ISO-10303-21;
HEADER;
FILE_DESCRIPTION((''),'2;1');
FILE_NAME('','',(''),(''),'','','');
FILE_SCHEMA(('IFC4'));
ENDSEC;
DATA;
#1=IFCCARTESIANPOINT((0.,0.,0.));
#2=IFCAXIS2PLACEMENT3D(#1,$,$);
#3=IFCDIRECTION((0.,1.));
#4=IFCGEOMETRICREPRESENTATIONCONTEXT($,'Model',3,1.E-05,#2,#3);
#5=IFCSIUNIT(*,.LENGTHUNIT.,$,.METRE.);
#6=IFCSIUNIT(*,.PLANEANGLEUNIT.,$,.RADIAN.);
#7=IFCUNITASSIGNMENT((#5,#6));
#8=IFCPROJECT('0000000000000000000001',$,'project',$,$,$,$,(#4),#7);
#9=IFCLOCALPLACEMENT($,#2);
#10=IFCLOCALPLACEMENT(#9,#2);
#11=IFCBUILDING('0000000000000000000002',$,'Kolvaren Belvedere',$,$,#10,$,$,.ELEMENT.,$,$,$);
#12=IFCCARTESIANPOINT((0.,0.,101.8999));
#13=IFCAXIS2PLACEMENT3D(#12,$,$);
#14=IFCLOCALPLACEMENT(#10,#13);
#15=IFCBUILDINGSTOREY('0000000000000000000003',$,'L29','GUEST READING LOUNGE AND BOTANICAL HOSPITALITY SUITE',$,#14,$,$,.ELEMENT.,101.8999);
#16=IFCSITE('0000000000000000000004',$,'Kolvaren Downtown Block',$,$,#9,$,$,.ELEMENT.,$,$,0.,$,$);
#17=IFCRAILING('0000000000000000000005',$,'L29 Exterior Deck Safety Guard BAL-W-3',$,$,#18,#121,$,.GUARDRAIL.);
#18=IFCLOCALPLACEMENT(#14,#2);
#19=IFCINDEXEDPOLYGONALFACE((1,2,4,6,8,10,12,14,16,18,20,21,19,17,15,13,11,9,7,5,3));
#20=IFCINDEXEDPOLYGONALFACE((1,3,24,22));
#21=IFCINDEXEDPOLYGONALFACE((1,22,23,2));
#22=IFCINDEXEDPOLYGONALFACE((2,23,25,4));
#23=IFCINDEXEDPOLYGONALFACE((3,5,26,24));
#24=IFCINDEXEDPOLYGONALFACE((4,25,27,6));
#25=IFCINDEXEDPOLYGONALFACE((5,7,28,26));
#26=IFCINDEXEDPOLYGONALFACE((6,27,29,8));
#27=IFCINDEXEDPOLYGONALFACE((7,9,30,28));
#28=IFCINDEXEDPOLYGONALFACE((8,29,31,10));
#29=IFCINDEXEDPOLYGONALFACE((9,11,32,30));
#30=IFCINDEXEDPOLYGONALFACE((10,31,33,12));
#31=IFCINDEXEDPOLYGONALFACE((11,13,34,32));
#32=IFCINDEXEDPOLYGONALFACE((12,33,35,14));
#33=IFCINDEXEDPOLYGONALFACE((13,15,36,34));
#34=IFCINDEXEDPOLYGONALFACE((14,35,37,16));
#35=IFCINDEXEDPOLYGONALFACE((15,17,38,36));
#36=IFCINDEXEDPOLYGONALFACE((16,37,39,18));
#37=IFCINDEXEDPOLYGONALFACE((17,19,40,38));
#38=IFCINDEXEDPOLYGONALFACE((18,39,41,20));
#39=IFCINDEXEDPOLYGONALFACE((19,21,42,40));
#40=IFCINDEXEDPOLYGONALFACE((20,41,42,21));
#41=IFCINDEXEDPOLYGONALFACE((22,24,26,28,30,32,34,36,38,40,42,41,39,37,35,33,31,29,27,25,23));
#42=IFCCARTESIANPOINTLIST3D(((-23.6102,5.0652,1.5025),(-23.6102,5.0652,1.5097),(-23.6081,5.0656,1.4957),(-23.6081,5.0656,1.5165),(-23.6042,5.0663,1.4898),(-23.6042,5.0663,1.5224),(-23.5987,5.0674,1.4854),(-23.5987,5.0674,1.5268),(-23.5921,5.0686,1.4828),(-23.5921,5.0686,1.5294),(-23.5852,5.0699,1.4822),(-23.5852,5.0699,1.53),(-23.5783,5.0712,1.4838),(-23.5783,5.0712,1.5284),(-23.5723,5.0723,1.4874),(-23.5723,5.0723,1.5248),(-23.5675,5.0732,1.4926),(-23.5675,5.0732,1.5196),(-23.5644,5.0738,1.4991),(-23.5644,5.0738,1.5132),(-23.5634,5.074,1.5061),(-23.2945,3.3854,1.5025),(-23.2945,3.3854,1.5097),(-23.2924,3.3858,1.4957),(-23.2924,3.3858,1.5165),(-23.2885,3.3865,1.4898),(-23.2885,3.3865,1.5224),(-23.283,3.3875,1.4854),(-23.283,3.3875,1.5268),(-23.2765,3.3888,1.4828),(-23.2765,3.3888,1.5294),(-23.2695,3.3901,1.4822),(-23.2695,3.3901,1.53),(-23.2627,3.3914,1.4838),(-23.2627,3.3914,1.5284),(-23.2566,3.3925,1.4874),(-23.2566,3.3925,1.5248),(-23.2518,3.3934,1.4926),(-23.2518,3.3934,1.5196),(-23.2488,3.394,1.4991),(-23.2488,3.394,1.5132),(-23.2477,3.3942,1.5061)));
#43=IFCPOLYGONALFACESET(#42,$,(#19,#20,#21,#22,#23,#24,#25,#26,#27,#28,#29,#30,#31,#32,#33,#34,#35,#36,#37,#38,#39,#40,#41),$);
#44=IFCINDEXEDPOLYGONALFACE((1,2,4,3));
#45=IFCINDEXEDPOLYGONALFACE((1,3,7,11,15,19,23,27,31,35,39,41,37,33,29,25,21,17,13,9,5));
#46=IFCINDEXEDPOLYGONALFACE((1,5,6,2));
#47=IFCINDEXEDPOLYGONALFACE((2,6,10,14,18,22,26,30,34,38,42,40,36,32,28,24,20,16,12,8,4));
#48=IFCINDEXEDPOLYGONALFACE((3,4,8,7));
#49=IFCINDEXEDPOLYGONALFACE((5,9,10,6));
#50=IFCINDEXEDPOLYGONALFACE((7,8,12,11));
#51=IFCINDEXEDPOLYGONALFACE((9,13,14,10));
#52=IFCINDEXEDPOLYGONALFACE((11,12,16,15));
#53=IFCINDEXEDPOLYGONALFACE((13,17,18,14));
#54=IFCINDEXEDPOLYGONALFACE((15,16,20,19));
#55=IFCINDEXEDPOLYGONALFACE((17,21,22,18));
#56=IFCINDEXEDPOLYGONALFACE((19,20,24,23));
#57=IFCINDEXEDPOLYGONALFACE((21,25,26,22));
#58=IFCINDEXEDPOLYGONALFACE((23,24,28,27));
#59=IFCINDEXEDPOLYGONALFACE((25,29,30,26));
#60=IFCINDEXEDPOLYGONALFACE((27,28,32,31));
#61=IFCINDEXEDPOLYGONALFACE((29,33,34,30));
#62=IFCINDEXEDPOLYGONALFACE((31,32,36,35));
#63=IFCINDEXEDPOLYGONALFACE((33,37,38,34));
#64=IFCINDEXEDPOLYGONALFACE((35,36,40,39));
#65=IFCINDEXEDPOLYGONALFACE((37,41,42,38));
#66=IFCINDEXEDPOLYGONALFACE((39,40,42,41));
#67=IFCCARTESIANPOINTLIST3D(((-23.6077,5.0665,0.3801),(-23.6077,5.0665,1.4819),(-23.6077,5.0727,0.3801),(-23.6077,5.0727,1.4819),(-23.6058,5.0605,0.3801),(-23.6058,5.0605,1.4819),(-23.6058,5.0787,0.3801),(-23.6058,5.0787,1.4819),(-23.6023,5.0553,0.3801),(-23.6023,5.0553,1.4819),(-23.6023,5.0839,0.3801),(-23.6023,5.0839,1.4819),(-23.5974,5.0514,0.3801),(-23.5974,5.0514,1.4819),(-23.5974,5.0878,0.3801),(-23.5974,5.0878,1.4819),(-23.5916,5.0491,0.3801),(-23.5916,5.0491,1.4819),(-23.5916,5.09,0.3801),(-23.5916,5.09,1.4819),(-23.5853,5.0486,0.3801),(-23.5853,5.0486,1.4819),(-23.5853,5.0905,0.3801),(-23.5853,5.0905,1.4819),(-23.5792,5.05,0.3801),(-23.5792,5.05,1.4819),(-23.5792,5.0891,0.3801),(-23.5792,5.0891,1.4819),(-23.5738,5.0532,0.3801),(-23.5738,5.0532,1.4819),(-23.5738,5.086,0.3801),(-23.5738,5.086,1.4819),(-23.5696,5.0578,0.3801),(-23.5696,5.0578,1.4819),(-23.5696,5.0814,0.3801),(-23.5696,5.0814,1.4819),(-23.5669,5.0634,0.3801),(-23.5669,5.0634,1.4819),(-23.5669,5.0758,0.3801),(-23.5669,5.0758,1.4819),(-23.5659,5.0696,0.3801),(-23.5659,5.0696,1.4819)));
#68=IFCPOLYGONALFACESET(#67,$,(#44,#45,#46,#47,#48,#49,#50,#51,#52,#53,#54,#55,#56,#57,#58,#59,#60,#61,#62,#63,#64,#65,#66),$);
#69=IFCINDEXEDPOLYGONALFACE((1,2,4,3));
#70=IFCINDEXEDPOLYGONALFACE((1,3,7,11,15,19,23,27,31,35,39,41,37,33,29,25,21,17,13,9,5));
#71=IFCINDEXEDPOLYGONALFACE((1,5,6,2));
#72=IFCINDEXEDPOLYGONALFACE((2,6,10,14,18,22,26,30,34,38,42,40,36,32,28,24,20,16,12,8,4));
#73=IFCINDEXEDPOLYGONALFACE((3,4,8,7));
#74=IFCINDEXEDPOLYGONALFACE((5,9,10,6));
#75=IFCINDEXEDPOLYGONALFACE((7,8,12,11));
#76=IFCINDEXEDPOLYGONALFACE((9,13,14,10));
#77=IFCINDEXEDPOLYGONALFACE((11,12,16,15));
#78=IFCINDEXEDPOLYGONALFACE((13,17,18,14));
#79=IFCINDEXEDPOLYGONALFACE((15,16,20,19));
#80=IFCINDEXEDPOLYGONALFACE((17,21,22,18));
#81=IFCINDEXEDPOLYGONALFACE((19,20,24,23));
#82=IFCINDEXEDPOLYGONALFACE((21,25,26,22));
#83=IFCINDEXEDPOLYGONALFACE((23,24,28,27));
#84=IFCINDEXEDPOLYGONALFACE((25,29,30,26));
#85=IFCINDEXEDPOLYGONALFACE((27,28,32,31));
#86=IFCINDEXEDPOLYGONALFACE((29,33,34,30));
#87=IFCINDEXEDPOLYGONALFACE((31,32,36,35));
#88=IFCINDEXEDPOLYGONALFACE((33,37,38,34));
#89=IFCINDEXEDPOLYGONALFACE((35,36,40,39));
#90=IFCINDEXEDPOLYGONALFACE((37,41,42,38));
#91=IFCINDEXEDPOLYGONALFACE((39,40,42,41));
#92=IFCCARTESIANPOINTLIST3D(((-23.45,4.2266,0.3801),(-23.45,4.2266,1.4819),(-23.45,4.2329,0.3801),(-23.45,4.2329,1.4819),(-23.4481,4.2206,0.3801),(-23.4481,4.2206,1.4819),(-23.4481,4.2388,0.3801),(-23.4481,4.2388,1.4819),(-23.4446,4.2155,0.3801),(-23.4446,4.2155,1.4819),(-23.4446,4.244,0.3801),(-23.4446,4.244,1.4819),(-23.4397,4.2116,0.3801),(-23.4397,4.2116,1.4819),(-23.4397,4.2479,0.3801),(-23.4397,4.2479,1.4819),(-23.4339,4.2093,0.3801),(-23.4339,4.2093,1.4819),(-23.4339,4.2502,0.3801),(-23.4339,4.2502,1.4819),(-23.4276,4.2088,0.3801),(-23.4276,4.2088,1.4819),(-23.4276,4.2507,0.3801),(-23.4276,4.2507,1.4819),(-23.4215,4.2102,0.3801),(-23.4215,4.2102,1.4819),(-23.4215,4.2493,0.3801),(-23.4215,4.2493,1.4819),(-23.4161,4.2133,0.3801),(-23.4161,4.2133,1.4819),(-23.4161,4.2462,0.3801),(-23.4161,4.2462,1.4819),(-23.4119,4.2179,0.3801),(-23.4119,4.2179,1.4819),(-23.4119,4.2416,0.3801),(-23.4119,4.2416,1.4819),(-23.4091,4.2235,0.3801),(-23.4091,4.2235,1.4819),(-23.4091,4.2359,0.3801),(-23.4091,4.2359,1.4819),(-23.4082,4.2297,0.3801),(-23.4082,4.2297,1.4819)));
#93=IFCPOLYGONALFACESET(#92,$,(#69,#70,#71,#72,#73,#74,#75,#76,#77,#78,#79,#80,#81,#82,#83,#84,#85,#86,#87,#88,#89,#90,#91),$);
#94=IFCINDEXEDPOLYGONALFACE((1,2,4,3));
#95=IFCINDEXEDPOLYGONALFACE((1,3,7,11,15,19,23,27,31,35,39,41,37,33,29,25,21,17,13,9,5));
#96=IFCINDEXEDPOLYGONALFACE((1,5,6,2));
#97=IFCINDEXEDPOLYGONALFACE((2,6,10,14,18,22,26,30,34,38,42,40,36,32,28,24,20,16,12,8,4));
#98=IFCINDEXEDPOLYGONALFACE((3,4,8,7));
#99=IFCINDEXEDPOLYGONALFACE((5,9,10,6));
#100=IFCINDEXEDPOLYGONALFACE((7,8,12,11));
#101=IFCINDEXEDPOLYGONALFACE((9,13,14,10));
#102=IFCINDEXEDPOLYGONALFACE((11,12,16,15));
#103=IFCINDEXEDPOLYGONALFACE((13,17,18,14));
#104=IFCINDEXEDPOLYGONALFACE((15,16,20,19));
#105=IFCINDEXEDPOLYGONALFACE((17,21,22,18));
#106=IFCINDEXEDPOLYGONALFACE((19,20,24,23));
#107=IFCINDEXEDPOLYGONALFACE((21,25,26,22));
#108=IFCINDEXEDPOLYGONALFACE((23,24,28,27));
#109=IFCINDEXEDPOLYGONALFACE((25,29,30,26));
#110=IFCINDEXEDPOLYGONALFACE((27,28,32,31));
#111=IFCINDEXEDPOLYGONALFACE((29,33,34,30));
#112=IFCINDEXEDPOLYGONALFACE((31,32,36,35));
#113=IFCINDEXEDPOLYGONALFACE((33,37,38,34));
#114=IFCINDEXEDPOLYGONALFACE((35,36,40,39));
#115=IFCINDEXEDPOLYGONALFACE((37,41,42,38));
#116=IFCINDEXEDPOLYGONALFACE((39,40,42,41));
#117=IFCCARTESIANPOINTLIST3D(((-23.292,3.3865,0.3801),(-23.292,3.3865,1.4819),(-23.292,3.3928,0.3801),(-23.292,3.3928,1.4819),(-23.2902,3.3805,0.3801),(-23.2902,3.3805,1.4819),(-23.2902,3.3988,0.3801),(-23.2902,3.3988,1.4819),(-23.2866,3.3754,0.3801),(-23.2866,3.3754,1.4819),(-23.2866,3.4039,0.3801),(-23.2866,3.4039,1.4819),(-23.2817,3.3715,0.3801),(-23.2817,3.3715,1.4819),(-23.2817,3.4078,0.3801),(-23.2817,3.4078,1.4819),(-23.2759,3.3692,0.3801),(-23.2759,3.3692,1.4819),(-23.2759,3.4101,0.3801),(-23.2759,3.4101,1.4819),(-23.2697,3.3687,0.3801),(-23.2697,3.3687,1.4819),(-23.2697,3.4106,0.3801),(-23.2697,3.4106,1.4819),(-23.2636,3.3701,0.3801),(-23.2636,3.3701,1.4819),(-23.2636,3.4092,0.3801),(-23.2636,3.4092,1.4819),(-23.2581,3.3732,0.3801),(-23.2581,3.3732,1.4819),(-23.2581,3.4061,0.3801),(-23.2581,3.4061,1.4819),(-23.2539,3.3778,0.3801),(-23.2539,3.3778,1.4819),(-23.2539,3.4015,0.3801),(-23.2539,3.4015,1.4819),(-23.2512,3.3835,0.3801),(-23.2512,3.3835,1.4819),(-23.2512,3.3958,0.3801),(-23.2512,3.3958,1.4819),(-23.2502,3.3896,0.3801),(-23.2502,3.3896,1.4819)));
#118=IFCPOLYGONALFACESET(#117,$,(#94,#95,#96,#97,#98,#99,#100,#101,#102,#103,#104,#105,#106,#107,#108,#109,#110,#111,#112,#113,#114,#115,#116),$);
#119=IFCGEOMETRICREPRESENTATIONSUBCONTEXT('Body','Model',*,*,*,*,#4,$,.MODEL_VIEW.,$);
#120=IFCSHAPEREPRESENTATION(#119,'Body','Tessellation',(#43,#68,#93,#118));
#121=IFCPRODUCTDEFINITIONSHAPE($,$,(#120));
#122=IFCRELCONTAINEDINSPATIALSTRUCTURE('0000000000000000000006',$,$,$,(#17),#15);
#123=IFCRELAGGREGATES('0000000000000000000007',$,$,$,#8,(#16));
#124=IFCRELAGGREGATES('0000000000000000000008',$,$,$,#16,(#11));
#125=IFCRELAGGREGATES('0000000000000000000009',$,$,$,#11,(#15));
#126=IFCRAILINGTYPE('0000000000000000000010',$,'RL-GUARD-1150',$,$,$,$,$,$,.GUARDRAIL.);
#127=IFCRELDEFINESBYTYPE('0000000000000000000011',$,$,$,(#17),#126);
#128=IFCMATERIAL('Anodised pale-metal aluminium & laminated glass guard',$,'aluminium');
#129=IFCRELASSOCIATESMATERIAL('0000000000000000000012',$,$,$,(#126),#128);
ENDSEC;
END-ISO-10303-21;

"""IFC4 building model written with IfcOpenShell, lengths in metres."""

from ifc_helpers import new_model, si_unit, direction, frame, origin, origin_2d, place, context, subcontext, project, spatial, circle, extrude, material, type_object, element, save


model = new_model("IFC4")

# Units and contexts
model_context = context("Model", 3, precision=1e-05, world=origin(), true_north=direction((0.0, 1.0)))
body_context = subcontext(model_context, "Body", "Model", "MODEL_VIEW")
ifc_project = project(units=[si_unit("LENGTHUNIT", "METRE"), si_unit("PLANEANGLEUNIT", "RADIAN")], contexts=[model_context])

# Site, building, storey
site_placement = place(None, origin())
site = spatial("IfcSite", under=ifc_project, at=site_placement, Name="Kolvaren Downtown Block", CompositionType="ELEMENT", RefElevation=0.0)
building_placement = place(site_placement, origin())
building = spatial("IfcBuilding", under=site, at=building_placement, Name="Kolvaren Belvedere", CompositionType="ELEMENT")
storey_placement = place(building_placement, frame((0.0, 0.0, 101.8999)))
storey = spatial("IfcBuildingStorey", under=building, at=storey_placement, Name="L29", Description="GUEST READING LOUNGE AND BOTANICAL HOSPITALITY SUITE", CompositionType="ELEMENT", Elevation=101.8999)

# Railing
ifc_material_1 = material(Name="Anodised pale-metal aluminium & laminated glass guard", Category="aluminium")
railing_type = type_object("IfcRailingType", Name="RL-GUARD-1150", PredefinedType="GUARDRAIL", material=ifc_material_1)
railing_1_placement = place(storey_placement, frame((-23.5869, 5.0696, 0.3801)))
element("IfcRailing", 1, at=railing_1_placement, inside=storey, type_object=railing_type, Name="L29 Exterior Deck Safety Guard BAL-W-3", PredefinedType="GUARDRAIL", context=body_context, shape_type="SweptSolid", body=[
    extrude(circle(Radius=0.0239, at=origin_2d()), frame((0.0, 0.0, 1.126), z_axis=(0.184677, -0.982799, 0.0), x_axis=(0.982799, 0.184677, 0.0)), (0.0, 0.0, 1.0), 1.7092),
    extrude(circle(Radius=0.021, at=origin_2d()), origin(), (0.0, 0.0, 1.0), 1.1018),
    extrude(circle(Radius=0.021, at=origin_2d()), frame((0.1577, -0.8398, 0.0)), (0.0, 0.0, 1.0), 1.1018),
    extrude(circle(Radius=0.021, at=origin_2d()), frame((0.3157, -1.6799, 0.0)), (0.0, 0.0, 1.0), 1.1018),
])

save(model, "model.ifc")
